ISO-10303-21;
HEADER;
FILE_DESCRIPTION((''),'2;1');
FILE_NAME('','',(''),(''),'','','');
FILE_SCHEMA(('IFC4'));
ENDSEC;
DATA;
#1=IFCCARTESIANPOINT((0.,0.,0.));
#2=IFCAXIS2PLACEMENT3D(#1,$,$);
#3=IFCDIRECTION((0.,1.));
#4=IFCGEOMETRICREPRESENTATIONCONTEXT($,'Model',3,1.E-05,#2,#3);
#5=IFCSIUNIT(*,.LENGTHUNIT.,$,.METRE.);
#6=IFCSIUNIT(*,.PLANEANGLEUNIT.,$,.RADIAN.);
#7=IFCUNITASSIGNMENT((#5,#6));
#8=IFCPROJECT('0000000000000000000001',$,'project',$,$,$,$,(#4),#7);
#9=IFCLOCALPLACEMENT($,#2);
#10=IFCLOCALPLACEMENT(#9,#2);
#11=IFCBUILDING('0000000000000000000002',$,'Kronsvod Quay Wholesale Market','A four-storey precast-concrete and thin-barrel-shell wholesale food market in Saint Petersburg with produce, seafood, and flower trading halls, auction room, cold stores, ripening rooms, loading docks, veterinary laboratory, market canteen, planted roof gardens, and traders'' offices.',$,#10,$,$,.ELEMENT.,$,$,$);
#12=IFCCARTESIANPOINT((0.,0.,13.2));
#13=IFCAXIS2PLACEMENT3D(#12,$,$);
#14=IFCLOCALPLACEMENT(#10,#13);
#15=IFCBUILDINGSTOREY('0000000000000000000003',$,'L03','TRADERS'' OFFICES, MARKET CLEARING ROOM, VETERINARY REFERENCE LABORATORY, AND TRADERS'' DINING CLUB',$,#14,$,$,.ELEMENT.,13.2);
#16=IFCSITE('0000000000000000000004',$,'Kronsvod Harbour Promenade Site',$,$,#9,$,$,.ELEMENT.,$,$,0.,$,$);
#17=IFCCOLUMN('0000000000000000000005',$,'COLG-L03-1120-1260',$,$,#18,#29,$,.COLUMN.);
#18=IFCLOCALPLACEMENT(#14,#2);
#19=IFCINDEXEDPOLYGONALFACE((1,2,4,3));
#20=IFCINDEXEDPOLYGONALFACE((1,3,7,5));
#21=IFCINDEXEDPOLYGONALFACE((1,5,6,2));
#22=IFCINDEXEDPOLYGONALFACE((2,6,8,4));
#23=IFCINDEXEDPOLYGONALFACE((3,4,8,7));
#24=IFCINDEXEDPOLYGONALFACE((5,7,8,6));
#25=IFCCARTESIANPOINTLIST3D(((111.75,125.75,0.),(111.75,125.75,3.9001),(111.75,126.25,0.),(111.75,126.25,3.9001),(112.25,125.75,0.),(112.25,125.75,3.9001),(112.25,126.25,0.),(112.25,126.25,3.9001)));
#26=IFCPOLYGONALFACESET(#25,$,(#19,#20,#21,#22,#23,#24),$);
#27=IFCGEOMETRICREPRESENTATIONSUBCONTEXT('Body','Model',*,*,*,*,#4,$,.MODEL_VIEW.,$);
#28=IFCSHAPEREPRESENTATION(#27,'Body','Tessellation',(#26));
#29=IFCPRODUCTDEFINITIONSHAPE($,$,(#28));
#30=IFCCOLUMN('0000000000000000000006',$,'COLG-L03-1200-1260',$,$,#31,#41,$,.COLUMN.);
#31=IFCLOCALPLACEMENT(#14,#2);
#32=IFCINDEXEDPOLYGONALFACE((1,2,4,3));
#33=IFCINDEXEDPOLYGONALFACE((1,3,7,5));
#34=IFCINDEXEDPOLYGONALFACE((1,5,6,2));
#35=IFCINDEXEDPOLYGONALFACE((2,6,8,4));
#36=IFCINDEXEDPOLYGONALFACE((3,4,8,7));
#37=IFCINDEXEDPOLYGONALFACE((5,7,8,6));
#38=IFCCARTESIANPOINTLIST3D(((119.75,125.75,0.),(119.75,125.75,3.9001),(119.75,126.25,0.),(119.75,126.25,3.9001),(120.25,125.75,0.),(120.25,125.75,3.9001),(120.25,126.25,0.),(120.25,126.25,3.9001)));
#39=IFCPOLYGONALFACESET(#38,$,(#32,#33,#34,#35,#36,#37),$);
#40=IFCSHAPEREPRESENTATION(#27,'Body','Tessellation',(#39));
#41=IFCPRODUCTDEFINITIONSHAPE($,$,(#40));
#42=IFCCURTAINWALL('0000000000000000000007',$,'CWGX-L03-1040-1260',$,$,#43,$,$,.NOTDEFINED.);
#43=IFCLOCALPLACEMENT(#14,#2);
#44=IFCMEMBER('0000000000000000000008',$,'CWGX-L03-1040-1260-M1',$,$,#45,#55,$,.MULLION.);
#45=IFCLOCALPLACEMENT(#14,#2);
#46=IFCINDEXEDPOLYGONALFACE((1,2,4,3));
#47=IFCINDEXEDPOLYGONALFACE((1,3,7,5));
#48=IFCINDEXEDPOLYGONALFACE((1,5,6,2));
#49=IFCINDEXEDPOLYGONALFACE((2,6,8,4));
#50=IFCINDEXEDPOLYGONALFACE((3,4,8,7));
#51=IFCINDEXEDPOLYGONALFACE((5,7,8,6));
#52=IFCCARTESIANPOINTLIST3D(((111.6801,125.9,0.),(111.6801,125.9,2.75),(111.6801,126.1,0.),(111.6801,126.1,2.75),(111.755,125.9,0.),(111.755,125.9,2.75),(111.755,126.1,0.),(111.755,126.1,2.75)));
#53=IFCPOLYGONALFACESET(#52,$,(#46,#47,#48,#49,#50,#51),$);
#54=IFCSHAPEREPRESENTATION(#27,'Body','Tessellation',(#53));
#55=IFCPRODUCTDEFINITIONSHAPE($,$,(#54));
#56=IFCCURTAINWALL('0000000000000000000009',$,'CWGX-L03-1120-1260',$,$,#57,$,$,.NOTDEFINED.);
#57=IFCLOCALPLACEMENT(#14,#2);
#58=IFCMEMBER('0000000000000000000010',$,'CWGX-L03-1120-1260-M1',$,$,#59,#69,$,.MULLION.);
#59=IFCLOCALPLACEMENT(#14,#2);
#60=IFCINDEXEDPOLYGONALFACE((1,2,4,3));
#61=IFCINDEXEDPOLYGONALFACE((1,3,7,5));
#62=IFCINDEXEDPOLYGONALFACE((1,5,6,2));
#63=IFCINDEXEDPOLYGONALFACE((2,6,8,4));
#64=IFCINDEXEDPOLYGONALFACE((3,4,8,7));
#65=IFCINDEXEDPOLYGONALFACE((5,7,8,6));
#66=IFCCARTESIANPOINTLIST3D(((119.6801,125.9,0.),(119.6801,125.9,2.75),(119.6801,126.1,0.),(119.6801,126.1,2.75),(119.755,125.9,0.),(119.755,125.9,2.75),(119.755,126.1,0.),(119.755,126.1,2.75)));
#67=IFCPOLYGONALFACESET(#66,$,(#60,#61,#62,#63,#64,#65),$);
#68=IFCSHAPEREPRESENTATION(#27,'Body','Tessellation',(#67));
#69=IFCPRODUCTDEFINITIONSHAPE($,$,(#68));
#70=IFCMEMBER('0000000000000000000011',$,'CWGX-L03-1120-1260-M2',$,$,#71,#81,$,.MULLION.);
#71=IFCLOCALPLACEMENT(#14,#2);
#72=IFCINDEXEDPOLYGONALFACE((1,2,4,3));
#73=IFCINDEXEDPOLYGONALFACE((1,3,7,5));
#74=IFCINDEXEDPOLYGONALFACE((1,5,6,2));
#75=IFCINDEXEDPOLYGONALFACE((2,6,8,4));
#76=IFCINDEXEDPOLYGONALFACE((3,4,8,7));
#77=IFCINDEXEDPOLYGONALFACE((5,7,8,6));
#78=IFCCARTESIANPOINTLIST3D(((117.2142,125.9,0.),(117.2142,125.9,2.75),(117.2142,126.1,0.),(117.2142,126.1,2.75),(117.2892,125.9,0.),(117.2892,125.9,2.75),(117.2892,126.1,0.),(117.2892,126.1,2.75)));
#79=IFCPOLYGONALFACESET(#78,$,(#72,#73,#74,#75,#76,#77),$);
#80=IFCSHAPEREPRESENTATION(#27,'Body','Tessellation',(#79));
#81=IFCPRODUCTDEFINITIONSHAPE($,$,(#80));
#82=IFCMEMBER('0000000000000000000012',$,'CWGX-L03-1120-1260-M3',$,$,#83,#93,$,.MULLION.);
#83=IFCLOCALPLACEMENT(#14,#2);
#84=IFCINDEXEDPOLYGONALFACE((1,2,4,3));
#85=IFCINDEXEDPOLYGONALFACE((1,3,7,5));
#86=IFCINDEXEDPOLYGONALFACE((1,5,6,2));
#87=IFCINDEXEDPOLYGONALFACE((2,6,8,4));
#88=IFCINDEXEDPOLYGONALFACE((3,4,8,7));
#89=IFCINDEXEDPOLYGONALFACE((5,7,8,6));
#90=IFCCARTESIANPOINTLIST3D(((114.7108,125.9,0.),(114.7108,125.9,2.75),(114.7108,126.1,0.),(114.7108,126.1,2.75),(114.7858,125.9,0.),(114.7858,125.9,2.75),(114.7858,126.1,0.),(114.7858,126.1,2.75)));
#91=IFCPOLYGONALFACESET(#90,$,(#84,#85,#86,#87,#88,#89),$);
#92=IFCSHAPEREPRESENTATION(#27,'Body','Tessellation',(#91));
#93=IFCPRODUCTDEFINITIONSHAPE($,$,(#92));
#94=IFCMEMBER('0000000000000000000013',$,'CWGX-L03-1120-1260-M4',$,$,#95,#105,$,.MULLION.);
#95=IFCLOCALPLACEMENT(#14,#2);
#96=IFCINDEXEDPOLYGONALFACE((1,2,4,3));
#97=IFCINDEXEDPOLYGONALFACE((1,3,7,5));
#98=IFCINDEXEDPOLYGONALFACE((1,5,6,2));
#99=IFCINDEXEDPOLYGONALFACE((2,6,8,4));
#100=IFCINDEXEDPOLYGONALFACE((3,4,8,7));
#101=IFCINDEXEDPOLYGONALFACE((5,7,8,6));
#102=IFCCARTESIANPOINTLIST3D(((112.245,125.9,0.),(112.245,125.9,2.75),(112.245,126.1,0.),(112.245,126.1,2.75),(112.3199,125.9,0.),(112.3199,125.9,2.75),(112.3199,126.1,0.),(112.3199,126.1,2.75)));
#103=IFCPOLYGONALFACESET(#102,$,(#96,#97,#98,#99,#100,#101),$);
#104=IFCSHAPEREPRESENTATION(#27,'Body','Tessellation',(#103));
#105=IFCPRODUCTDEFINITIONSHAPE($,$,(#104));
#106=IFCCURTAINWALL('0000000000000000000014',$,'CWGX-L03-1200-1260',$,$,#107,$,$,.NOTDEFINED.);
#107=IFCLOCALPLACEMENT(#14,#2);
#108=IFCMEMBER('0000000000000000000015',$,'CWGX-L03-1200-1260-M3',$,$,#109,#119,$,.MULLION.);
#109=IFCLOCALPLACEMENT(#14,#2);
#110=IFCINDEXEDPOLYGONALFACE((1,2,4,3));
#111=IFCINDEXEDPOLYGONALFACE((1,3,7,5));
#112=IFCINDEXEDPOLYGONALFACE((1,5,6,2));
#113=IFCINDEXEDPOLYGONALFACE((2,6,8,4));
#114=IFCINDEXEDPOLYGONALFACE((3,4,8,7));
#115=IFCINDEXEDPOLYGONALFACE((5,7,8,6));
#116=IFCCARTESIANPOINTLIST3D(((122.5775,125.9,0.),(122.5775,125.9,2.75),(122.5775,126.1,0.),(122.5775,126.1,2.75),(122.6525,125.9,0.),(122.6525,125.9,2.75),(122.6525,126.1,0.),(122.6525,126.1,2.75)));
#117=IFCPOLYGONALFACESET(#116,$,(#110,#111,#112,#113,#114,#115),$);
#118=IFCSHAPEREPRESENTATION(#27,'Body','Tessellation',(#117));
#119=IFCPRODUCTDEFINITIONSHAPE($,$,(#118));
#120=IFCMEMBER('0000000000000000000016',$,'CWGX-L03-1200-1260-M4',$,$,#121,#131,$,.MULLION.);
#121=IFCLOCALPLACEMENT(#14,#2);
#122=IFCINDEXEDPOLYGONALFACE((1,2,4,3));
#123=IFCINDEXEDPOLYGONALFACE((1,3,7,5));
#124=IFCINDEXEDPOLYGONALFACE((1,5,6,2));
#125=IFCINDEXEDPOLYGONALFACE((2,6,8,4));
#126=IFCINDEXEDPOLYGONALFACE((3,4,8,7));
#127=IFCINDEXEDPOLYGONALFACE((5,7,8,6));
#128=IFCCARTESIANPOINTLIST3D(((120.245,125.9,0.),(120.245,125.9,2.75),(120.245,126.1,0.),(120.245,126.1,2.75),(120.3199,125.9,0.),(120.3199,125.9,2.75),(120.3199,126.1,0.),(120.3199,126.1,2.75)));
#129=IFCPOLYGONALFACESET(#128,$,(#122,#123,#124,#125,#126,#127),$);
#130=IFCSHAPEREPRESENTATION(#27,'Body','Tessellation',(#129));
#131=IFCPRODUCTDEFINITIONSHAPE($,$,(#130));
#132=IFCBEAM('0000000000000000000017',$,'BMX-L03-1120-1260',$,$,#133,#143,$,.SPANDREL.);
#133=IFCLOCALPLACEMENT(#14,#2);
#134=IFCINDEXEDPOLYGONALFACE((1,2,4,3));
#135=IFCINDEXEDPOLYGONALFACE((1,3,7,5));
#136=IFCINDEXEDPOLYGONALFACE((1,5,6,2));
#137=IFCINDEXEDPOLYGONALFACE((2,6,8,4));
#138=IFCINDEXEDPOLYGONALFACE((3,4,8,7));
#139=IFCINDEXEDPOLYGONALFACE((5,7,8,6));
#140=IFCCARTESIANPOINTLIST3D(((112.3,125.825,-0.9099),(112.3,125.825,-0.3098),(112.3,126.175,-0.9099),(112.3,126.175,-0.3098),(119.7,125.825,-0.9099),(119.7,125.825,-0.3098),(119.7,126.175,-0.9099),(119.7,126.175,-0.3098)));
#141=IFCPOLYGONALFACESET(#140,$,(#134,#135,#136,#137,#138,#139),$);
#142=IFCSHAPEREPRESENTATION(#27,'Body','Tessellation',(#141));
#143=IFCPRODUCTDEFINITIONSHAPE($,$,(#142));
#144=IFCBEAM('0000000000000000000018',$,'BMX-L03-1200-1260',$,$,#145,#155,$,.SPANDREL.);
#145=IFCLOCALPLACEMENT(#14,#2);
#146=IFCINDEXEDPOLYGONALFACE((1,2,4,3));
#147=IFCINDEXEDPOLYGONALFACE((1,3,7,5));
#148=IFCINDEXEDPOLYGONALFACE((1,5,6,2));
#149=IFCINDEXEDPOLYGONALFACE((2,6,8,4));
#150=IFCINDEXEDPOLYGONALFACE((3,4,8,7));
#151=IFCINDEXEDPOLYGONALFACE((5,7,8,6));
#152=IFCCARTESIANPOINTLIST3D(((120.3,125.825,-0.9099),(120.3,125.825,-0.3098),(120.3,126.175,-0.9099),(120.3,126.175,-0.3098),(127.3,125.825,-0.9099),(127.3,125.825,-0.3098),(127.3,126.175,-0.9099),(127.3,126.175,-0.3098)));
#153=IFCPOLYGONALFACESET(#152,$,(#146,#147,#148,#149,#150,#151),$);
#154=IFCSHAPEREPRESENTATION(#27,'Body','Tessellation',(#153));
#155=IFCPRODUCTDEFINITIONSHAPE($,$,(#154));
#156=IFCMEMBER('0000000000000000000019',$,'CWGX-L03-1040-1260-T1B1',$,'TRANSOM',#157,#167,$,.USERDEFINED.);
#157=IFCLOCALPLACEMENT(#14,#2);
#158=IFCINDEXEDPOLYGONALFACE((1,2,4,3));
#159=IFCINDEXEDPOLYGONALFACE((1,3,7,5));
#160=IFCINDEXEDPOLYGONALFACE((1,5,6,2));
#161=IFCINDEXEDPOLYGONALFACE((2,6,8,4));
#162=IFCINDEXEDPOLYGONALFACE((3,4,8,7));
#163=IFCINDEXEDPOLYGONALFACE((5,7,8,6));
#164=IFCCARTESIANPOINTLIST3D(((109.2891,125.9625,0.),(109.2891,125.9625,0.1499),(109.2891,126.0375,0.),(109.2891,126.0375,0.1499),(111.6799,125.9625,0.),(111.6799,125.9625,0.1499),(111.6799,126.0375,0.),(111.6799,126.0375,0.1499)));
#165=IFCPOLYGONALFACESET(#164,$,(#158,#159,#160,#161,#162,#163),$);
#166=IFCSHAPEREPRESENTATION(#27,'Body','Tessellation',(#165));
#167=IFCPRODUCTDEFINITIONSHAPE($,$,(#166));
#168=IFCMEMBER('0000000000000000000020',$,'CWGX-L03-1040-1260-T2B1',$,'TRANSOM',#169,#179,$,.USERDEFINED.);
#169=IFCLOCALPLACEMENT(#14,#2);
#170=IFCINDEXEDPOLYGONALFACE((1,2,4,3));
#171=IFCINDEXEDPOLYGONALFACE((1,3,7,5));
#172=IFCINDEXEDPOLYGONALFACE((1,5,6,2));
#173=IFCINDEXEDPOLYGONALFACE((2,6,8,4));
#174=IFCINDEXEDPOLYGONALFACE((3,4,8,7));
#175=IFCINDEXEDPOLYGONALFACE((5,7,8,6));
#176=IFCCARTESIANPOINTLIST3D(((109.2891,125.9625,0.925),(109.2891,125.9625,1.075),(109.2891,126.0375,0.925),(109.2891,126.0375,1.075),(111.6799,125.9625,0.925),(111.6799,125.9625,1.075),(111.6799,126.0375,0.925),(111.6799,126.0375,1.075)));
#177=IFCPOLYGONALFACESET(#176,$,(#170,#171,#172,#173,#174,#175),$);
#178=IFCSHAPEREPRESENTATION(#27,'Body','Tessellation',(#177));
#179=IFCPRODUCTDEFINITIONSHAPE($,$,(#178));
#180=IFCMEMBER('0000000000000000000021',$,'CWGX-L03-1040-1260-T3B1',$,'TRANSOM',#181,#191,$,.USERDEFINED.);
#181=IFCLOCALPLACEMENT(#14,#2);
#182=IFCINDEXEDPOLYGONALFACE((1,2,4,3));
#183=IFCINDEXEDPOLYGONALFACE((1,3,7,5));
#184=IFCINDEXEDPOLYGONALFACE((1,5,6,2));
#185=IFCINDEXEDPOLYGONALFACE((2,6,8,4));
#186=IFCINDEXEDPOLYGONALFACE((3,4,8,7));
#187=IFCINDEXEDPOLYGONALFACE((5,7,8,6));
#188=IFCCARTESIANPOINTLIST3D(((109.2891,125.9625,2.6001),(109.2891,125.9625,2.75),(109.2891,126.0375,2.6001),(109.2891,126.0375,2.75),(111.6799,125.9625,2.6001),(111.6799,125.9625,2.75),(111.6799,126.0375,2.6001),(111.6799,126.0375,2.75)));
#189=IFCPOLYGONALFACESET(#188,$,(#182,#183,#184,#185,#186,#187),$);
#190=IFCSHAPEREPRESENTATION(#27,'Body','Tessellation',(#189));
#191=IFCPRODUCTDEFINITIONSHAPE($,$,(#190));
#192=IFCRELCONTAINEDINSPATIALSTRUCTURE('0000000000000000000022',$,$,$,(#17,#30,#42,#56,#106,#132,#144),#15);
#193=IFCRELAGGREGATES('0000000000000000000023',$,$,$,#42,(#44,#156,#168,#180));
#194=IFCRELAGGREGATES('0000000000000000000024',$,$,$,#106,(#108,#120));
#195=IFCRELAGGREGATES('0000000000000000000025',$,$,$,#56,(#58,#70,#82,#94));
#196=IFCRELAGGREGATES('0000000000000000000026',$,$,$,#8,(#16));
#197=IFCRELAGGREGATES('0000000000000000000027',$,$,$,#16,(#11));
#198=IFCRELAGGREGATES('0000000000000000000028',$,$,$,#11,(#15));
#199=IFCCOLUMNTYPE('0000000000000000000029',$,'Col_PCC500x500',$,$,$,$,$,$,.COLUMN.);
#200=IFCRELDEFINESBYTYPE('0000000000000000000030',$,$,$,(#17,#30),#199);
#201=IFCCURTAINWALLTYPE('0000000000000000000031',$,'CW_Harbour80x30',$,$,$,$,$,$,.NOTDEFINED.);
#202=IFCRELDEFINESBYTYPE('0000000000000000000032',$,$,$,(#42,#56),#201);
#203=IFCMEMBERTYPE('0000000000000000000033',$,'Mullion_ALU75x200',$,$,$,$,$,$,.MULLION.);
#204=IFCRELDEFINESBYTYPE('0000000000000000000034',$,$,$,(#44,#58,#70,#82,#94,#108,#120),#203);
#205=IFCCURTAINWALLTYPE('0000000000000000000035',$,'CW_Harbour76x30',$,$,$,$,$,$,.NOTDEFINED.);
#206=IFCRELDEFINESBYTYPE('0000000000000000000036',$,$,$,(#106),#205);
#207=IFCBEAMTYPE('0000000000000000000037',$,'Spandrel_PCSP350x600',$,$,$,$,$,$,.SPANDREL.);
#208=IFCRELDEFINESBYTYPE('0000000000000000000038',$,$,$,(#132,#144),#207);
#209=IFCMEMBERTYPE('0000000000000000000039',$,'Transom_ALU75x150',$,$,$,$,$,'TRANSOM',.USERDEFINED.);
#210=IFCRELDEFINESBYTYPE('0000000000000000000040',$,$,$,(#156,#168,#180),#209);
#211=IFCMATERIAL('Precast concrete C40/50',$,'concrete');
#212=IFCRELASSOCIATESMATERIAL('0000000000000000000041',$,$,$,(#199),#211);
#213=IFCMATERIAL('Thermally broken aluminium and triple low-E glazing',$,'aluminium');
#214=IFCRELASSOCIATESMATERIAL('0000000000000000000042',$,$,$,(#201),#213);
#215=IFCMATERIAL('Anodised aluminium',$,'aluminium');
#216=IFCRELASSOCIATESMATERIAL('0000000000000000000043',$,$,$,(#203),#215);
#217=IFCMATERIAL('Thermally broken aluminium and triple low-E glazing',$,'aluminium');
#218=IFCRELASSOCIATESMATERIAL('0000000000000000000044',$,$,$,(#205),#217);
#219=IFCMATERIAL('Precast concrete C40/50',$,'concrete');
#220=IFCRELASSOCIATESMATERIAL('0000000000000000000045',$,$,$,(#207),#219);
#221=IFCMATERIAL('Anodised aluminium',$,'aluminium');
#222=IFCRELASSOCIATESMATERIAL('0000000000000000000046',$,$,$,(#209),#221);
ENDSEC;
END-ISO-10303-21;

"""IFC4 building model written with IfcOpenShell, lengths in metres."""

from ifc_helpers import new_model, si_unit, direction, frame, origin, origin_2d, place, context, subcontext, project, spatial, rectangle, extrude, material, material_profile, profile_set, type_object, element, aggregate, save


model = new_model("IFC4")

# Units and contexts
model_context = context("Model", 3, precision=1e-05, world=origin(), true_north=direction((0.0, 1.0)))
body_context = subcontext(model_context, "Body", "Model", "MODEL_VIEW")
ifc_project = project(units=[si_unit("LENGTHUNIT", "METRE"), si_unit("PLANEANGLEUNIT", "RADIAN")], contexts=[model_context])

# Site, building, storey
site_placement = place(None, origin())
site = spatial("IfcSite", under=ifc_project, at=site_placement, Name="Kronsvod Harbour Promenade Site", CompositionType="ELEMENT", RefElevation=0.0)
building_placement = place(site_placement, origin())
building = spatial("IfcBuilding", under=site, at=building_placement, Name="Kronsvod Quay Wholesale Market", Description="A four-storey precast-concrete and thin-barrel-shell wholesale food market in Saint Petersburg with produce, seafood, and flower trading halls, auction room, cold stores, ripening rooms, loading docks, veterinary laboratory, market canteen, planted roof gardens, and traders' offices.", CompositionType="ELEMENT")
storey_placement = place(building_placement, frame((0.0, 0.0, 13.2)))
storey = spatial("IfcBuildingStorey", under=building, at=storey_placement, Name="L03", Description="TRADERS' OFFICES, MARKET CLEARING ROOM, VETERINARY REFERENCE LABORATORY, AND TRADERS' DINING CLUB", CompositionType="ELEMENT", Elevation=13.2)

# Columns
ifc_material_1 = material(Name="Precast concrete C40/50", Category="concrete")
ifc_material_profile_1 = material_profile(ifc_material_1, rectangle(XDim=0.5, YDim=0.5, at=origin_2d()), Name="PCC500x500")
ifc_profile_set_1 = profile_set([ifc_material_profile_1], Name="Precast concrete C40/50")
column_type = type_object("IfcColumnType", Name="Col_PCC500x500", PredefinedType="COLUMN", material=ifc_profile_set_1)
for number, where, z_axis, x_axis, name in (
    (1, (112.0, 126.0, 0.0), (0.0, 0.0, 1.0), (1.0, 0.0, 0.0), "COLG-L03-1120-1260"),
    (2, (120.0, 126.0, 0.0), (0.0, 0.0, 1.0), (1.0, 0.0, 0.0), "COLG-L03-1200-1260"),
):
    element("IfcColumn", number, at=place(storey_placement, frame(where, z_axis=z_axis, x_axis=x_axis)), inside=storey, type_object=column_type, Name=name, PredefinedType="COLUMN", context=body_context, shape_type="SweptSolid", body=[
        extrude(rectangle(XDim=0.5, YDim=0.5, at=origin_2d()), origin(), (0.0, 0.0, 1.0), 3.9001),
    ])

# Curtain wall, member
ifc_material_2 = material(Name="Thermally broken aluminium and triple low-E glazing", Category="aluminium")
curtain_wall_type_1 = type_object("IfcCurtainWallType", Name="CW_Harbour80x30", PredefinedType="NOTDEFINED", material=ifc_material_2)
curtain_wall_1_placement = place(storey_placement, origin())
curtain_wall_1 = element("IfcCurtainWall", 3, at=curtain_wall_1_placement, inside=storey, type_object=curtain_wall_type_1, Name="CWGX-L03-1040-1260", PredefinedType="NOTDEFINED")
ifc_material_3 = material(Name="Anodised aluminium", Category="aluminium")
ifc_material_profile_2 = material_profile(ifc_material_3, rectangle(XDim=0.075, YDim=0.2, at=origin_2d()), Name="ALUM75x200")
ifc_profile_set_2 = profile_set([ifc_material_profile_2], Name="Anodised aluminium")
member_type_1 = type_object("IfcMemberType", Name="Mullion_ALU75x200", PredefinedType="MULLION", material=ifc_profile_set_2)
member_1_placement = place(storey_placement, frame((111.7175, 126.0, 0.0), z_axis=(0.0, 0.0, 1.0), x_axis=(1.0, 0.0, 0.0)))
member_1 = element("IfcMember", 4, at=member_1_placement, type_object=member_type_1, Name="CWGX-L03-1040-1260-M1", PredefinedType="MULLION", context=body_context, shape_type="SweptSolid", body=[
    extrude(rectangle(XDim=0.075, YDim=0.2, at=origin_2d()), origin(), (0.0, 0.0, 1.0), 2.75),
])

# Curtain walls, members
curtain_wall_2_placement = place(storey_placement, origin())
curtain_wall_2 = element("IfcCurtainWall", 5, at=curtain_wall_2_placement, inside=storey, type_object=curtain_wall_type_1, Name="CWGX-L03-1120-1260", PredefinedType="NOTDEFINED")
member_2_placement = place(storey_placement, frame((119.7175, 126.0, 0.0), z_axis=(0.0, 0.0, 1.0), x_axis=(1.0, 0.0, 0.0)))
member_2 = element("IfcMember", 6, at=member_2_placement, type_object=member_type_1, Name="CWGX-L03-1120-1260-M1", PredefinedType="MULLION", context=body_context, shape_type="SweptSolid", body=[
    extrude(rectangle(XDim=0.075, YDim=0.2, at=origin_2d()), origin(), (0.0, 0.0, 1.0), 2.75),
])
member_3_placement = place(storey_placement, frame((117.2517, 126.0, 0.0), z_axis=(0.0, 0.0, 1.0), x_axis=(1.0, 0.0, 0.0)))
member_3 = element("IfcMember", 7, at=member_3_placement, type_object=member_type_1, Name="CWGX-L03-1120-1260-M2", PredefinedType="MULLION", context=body_context, shape_type="SweptSolid", body=[
    extrude(rectangle(XDim=0.075, YDim=0.2, at=origin_2d()), origin(), (0.0, 0.0, 1.0), 2.75),
])
member_4_placement = place(storey_placement, frame((114.7483, 126.0, 0.0), z_axis=(0.0, 0.0, 1.0), x_axis=(1.0, 0.0, 0.0)))
member_4 = element("IfcMember", 8, at=member_4_placement, type_object=member_type_1, Name="CWGX-L03-1120-1260-M3", PredefinedType="MULLION", context=body_context, shape_type="SweptSolid", body=[
    extrude(rectangle(XDim=0.075, YDim=0.2, at=origin_2d()), origin(), (0.0, 0.0, 1.0), 2.75),
])
member_5_placement = place(storey_placement, frame((112.2825, 126.0, 0.0), z_axis=(0.0, 0.0, 1.0), x_axis=(1.0, 0.0, 0.0)))
member_5 = element("IfcMember", 9, at=member_5_placement, type_object=member_type_1, Name="CWGX-L03-1120-1260-M4", PredefinedType="MULLION", context=body_context, shape_type="SweptSolid", body=[
    extrude(rectangle(XDim=0.075, YDim=0.2, at=origin_2d()), origin(), (0.0, 0.0, 1.0), 2.75),
])
ifc_material_4 = material(Name="Thermally broken aluminium and triple low-E glazing", Category="aluminium")
curtain_wall_type_2 = type_object("IfcCurtainWallType", Name="CW_Harbour76x30", PredefinedType="NOTDEFINED", material=ifc_material_4)
curtain_wall_3_placement = place(storey_placement, origin())
curtain_wall_3 = element("IfcCurtainWall", 10, at=curtain_wall_3_placement, inside=storey, type_object=curtain_wall_type_2, Name="CWGX-L03-1200-1260", PredefinedType="NOTDEFINED")
member_6_placement = place(storey_placement, frame((122.615, 126.0, 0.0), z_axis=(0.0, 0.0, 1.0), x_axis=(1.0, 0.0, 0.0)))
member_6 = element("IfcMember", 11, at=member_6_placement, type_object=member_type_1, Name="CWGX-L03-1200-1260-M3", PredefinedType="MULLION", context=body_context, shape_type="SweptSolid", body=[
    extrude(rectangle(XDim=0.075, YDim=0.2, at=origin_2d()), origin(), (0.0, 0.0, 1.0), 2.75),
])
member_7_placement = place(storey_placement, frame((120.2825, 126.0, 0.0), z_axis=(0.0, 0.0, 1.0), x_axis=(1.0, 0.0, 0.0)))
member_7 = element("IfcMember", 12, at=member_7_placement, type_object=member_type_1, Name="CWGX-L03-1200-1260-M4", PredefinedType="MULLION", context=body_context, shape_type="SweptSolid", body=[
    extrude(rectangle(XDim=0.075, YDim=0.2, at=origin_2d()), origin(), (0.0, 0.0, 1.0), 2.75),
])

# Beams
ifc_material_5 = material(Name="Precast concrete C40/50", Category="concrete")
ifc_material_profile_3 = material_profile(ifc_material_5, rectangle(XDim=0.3501, YDim=0.6001, at=origin_2d()), Name="PCSP350x600")
ifc_profile_set_3 = profile_set([ifc_material_profile_3], Name="Precast concrete C40/50")
beam_type = type_object("IfcBeamType", Name="Spandrel_PCSP350x600", PredefinedType="SPANDREL", material=ifc_profile_set_3)
beam_1_placement = place(storey_placement, frame((112.3, 126.0, -0.6099), z_axis=(1.0, 0.0, 0.0), x_axis=(0.0, 1.0, 0.0)))
element("IfcBeam", 13, at=beam_1_placement, inside=storey, type_object=beam_type, Name="BMX-L03-1120-1260", PredefinedType="SPANDREL", context=body_context, shape_type="SweptSolid", body=[
    extrude(rectangle(XDim=0.3501, YDim=0.6001, at=origin_2d()), origin(), (0.0, 0.0, 1.0), 7.3999),
])
beam_2_placement = place(storey_placement, frame((120.3, 126.0, -0.6099), z_axis=(1.0, 0.0, 0.0), x_axis=(0.0, 1.0, 0.0)))
element("IfcBeam", 14, at=beam_2_placement, inside=storey, type_object=beam_type, Name="BMX-L03-1200-1260", PredefinedType="SPANDREL", context=body_context, shape_type="SweptSolid", body=[
    extrude(rectangle(XDim=0.3501, YDim=0.6001, at=origin_2d()), origin(), (0.0, 0.0, 1.0), 7.0),
])

# Members
ifc_material_6 = material(Name="Anodised aluminium", Category="aluminium")
ifc_material_profile_4 = material_profile(ifc_material_6, rectangle(XDim=0.075, YDim=0.1499, at=origin_2d()), Name="ALUT75x150")
ifc_profile_set_4 = profile_set([ifc_material_profile_4], Name="Anodised aluminium")
member_type_2 = type_object("IfcMemberType", Name="Transom_ALU75x150", ElementType="TRANSOM", PredefinedType="USERDEFINED", material=ifc_profile_set_4)
member_8_placement = place(storey_placement, frame((111.6799, 126.0, 0.075), z_axis=(-1.0, 0.0, 0.0), x_axis=(0.0, -1.0, 0.0)))
member_8 = element("IfcMember", 15, at=member_8_placement, type_object=member_type_2, Name="CWGX-L03-1040-1260-T1B1", ObjectType="TRANSOM", PredefinedType="USERDEFINED", context=body_context, shape_type="SweptSolid", body=[
    extrude(rectangle(XDim=0.075, YDim=0.1499, at=origin_2d()), origin(), (0.0, 0.0, 1.0), 2.3909),
])
member_9_placement = place(storey_placement, frame((111.6799, 126.0, 1.0), z_axis=(-1.0, 0.0, 0.0), x_axis=(0.0, -1.0, 0.0)))
member_9 = element("IfcMember", 16, at=member_9_placement, type_object=member_type_2, Name="CWGX-L03-1040-1260-T2B1", ObjectType="TRANSOM", PredefinedType="USERDEFINED", context=body_context, shape_type="SweptSolid", body=[
    extrude(rectangle(XDim=0.075, YDim=0.1499, at=origin_2d()), origin(), (0.0, 0.0, 1.0), 2.3909),
])
member_10_placement = place(storey_placement, frame((111.6799, 126.0, 2.675), z_axis=(-1.0, 0.0, 0.0), x_axis=(0.0, -1.0, 0.0)))
member_10 = element("IfcMember", 17, at=member_10_placement, type_object=member_type_2, Name="CWGX-L03-1040-1260-T3B1", ObjectType="TRANSOM", PredefinedType="USERDEFINED", context=body_context, shape_type="SweptSolid", body=[
    extrude(rectangle(XDim=0.075, YDim=0.1499, at=origin_2d()), origin(), (0.0, 0.0, 1.0), 2.3909),
])
aggregate(curtain_wall_1, [member_1, member_8, member_9, member_10])

aggregate(curtain_wall_3, [member_6, member_7])
aggregate(curtain_wall_2, [member_2, member_3, member_4, member_5])

save(model, "model.ifc")
